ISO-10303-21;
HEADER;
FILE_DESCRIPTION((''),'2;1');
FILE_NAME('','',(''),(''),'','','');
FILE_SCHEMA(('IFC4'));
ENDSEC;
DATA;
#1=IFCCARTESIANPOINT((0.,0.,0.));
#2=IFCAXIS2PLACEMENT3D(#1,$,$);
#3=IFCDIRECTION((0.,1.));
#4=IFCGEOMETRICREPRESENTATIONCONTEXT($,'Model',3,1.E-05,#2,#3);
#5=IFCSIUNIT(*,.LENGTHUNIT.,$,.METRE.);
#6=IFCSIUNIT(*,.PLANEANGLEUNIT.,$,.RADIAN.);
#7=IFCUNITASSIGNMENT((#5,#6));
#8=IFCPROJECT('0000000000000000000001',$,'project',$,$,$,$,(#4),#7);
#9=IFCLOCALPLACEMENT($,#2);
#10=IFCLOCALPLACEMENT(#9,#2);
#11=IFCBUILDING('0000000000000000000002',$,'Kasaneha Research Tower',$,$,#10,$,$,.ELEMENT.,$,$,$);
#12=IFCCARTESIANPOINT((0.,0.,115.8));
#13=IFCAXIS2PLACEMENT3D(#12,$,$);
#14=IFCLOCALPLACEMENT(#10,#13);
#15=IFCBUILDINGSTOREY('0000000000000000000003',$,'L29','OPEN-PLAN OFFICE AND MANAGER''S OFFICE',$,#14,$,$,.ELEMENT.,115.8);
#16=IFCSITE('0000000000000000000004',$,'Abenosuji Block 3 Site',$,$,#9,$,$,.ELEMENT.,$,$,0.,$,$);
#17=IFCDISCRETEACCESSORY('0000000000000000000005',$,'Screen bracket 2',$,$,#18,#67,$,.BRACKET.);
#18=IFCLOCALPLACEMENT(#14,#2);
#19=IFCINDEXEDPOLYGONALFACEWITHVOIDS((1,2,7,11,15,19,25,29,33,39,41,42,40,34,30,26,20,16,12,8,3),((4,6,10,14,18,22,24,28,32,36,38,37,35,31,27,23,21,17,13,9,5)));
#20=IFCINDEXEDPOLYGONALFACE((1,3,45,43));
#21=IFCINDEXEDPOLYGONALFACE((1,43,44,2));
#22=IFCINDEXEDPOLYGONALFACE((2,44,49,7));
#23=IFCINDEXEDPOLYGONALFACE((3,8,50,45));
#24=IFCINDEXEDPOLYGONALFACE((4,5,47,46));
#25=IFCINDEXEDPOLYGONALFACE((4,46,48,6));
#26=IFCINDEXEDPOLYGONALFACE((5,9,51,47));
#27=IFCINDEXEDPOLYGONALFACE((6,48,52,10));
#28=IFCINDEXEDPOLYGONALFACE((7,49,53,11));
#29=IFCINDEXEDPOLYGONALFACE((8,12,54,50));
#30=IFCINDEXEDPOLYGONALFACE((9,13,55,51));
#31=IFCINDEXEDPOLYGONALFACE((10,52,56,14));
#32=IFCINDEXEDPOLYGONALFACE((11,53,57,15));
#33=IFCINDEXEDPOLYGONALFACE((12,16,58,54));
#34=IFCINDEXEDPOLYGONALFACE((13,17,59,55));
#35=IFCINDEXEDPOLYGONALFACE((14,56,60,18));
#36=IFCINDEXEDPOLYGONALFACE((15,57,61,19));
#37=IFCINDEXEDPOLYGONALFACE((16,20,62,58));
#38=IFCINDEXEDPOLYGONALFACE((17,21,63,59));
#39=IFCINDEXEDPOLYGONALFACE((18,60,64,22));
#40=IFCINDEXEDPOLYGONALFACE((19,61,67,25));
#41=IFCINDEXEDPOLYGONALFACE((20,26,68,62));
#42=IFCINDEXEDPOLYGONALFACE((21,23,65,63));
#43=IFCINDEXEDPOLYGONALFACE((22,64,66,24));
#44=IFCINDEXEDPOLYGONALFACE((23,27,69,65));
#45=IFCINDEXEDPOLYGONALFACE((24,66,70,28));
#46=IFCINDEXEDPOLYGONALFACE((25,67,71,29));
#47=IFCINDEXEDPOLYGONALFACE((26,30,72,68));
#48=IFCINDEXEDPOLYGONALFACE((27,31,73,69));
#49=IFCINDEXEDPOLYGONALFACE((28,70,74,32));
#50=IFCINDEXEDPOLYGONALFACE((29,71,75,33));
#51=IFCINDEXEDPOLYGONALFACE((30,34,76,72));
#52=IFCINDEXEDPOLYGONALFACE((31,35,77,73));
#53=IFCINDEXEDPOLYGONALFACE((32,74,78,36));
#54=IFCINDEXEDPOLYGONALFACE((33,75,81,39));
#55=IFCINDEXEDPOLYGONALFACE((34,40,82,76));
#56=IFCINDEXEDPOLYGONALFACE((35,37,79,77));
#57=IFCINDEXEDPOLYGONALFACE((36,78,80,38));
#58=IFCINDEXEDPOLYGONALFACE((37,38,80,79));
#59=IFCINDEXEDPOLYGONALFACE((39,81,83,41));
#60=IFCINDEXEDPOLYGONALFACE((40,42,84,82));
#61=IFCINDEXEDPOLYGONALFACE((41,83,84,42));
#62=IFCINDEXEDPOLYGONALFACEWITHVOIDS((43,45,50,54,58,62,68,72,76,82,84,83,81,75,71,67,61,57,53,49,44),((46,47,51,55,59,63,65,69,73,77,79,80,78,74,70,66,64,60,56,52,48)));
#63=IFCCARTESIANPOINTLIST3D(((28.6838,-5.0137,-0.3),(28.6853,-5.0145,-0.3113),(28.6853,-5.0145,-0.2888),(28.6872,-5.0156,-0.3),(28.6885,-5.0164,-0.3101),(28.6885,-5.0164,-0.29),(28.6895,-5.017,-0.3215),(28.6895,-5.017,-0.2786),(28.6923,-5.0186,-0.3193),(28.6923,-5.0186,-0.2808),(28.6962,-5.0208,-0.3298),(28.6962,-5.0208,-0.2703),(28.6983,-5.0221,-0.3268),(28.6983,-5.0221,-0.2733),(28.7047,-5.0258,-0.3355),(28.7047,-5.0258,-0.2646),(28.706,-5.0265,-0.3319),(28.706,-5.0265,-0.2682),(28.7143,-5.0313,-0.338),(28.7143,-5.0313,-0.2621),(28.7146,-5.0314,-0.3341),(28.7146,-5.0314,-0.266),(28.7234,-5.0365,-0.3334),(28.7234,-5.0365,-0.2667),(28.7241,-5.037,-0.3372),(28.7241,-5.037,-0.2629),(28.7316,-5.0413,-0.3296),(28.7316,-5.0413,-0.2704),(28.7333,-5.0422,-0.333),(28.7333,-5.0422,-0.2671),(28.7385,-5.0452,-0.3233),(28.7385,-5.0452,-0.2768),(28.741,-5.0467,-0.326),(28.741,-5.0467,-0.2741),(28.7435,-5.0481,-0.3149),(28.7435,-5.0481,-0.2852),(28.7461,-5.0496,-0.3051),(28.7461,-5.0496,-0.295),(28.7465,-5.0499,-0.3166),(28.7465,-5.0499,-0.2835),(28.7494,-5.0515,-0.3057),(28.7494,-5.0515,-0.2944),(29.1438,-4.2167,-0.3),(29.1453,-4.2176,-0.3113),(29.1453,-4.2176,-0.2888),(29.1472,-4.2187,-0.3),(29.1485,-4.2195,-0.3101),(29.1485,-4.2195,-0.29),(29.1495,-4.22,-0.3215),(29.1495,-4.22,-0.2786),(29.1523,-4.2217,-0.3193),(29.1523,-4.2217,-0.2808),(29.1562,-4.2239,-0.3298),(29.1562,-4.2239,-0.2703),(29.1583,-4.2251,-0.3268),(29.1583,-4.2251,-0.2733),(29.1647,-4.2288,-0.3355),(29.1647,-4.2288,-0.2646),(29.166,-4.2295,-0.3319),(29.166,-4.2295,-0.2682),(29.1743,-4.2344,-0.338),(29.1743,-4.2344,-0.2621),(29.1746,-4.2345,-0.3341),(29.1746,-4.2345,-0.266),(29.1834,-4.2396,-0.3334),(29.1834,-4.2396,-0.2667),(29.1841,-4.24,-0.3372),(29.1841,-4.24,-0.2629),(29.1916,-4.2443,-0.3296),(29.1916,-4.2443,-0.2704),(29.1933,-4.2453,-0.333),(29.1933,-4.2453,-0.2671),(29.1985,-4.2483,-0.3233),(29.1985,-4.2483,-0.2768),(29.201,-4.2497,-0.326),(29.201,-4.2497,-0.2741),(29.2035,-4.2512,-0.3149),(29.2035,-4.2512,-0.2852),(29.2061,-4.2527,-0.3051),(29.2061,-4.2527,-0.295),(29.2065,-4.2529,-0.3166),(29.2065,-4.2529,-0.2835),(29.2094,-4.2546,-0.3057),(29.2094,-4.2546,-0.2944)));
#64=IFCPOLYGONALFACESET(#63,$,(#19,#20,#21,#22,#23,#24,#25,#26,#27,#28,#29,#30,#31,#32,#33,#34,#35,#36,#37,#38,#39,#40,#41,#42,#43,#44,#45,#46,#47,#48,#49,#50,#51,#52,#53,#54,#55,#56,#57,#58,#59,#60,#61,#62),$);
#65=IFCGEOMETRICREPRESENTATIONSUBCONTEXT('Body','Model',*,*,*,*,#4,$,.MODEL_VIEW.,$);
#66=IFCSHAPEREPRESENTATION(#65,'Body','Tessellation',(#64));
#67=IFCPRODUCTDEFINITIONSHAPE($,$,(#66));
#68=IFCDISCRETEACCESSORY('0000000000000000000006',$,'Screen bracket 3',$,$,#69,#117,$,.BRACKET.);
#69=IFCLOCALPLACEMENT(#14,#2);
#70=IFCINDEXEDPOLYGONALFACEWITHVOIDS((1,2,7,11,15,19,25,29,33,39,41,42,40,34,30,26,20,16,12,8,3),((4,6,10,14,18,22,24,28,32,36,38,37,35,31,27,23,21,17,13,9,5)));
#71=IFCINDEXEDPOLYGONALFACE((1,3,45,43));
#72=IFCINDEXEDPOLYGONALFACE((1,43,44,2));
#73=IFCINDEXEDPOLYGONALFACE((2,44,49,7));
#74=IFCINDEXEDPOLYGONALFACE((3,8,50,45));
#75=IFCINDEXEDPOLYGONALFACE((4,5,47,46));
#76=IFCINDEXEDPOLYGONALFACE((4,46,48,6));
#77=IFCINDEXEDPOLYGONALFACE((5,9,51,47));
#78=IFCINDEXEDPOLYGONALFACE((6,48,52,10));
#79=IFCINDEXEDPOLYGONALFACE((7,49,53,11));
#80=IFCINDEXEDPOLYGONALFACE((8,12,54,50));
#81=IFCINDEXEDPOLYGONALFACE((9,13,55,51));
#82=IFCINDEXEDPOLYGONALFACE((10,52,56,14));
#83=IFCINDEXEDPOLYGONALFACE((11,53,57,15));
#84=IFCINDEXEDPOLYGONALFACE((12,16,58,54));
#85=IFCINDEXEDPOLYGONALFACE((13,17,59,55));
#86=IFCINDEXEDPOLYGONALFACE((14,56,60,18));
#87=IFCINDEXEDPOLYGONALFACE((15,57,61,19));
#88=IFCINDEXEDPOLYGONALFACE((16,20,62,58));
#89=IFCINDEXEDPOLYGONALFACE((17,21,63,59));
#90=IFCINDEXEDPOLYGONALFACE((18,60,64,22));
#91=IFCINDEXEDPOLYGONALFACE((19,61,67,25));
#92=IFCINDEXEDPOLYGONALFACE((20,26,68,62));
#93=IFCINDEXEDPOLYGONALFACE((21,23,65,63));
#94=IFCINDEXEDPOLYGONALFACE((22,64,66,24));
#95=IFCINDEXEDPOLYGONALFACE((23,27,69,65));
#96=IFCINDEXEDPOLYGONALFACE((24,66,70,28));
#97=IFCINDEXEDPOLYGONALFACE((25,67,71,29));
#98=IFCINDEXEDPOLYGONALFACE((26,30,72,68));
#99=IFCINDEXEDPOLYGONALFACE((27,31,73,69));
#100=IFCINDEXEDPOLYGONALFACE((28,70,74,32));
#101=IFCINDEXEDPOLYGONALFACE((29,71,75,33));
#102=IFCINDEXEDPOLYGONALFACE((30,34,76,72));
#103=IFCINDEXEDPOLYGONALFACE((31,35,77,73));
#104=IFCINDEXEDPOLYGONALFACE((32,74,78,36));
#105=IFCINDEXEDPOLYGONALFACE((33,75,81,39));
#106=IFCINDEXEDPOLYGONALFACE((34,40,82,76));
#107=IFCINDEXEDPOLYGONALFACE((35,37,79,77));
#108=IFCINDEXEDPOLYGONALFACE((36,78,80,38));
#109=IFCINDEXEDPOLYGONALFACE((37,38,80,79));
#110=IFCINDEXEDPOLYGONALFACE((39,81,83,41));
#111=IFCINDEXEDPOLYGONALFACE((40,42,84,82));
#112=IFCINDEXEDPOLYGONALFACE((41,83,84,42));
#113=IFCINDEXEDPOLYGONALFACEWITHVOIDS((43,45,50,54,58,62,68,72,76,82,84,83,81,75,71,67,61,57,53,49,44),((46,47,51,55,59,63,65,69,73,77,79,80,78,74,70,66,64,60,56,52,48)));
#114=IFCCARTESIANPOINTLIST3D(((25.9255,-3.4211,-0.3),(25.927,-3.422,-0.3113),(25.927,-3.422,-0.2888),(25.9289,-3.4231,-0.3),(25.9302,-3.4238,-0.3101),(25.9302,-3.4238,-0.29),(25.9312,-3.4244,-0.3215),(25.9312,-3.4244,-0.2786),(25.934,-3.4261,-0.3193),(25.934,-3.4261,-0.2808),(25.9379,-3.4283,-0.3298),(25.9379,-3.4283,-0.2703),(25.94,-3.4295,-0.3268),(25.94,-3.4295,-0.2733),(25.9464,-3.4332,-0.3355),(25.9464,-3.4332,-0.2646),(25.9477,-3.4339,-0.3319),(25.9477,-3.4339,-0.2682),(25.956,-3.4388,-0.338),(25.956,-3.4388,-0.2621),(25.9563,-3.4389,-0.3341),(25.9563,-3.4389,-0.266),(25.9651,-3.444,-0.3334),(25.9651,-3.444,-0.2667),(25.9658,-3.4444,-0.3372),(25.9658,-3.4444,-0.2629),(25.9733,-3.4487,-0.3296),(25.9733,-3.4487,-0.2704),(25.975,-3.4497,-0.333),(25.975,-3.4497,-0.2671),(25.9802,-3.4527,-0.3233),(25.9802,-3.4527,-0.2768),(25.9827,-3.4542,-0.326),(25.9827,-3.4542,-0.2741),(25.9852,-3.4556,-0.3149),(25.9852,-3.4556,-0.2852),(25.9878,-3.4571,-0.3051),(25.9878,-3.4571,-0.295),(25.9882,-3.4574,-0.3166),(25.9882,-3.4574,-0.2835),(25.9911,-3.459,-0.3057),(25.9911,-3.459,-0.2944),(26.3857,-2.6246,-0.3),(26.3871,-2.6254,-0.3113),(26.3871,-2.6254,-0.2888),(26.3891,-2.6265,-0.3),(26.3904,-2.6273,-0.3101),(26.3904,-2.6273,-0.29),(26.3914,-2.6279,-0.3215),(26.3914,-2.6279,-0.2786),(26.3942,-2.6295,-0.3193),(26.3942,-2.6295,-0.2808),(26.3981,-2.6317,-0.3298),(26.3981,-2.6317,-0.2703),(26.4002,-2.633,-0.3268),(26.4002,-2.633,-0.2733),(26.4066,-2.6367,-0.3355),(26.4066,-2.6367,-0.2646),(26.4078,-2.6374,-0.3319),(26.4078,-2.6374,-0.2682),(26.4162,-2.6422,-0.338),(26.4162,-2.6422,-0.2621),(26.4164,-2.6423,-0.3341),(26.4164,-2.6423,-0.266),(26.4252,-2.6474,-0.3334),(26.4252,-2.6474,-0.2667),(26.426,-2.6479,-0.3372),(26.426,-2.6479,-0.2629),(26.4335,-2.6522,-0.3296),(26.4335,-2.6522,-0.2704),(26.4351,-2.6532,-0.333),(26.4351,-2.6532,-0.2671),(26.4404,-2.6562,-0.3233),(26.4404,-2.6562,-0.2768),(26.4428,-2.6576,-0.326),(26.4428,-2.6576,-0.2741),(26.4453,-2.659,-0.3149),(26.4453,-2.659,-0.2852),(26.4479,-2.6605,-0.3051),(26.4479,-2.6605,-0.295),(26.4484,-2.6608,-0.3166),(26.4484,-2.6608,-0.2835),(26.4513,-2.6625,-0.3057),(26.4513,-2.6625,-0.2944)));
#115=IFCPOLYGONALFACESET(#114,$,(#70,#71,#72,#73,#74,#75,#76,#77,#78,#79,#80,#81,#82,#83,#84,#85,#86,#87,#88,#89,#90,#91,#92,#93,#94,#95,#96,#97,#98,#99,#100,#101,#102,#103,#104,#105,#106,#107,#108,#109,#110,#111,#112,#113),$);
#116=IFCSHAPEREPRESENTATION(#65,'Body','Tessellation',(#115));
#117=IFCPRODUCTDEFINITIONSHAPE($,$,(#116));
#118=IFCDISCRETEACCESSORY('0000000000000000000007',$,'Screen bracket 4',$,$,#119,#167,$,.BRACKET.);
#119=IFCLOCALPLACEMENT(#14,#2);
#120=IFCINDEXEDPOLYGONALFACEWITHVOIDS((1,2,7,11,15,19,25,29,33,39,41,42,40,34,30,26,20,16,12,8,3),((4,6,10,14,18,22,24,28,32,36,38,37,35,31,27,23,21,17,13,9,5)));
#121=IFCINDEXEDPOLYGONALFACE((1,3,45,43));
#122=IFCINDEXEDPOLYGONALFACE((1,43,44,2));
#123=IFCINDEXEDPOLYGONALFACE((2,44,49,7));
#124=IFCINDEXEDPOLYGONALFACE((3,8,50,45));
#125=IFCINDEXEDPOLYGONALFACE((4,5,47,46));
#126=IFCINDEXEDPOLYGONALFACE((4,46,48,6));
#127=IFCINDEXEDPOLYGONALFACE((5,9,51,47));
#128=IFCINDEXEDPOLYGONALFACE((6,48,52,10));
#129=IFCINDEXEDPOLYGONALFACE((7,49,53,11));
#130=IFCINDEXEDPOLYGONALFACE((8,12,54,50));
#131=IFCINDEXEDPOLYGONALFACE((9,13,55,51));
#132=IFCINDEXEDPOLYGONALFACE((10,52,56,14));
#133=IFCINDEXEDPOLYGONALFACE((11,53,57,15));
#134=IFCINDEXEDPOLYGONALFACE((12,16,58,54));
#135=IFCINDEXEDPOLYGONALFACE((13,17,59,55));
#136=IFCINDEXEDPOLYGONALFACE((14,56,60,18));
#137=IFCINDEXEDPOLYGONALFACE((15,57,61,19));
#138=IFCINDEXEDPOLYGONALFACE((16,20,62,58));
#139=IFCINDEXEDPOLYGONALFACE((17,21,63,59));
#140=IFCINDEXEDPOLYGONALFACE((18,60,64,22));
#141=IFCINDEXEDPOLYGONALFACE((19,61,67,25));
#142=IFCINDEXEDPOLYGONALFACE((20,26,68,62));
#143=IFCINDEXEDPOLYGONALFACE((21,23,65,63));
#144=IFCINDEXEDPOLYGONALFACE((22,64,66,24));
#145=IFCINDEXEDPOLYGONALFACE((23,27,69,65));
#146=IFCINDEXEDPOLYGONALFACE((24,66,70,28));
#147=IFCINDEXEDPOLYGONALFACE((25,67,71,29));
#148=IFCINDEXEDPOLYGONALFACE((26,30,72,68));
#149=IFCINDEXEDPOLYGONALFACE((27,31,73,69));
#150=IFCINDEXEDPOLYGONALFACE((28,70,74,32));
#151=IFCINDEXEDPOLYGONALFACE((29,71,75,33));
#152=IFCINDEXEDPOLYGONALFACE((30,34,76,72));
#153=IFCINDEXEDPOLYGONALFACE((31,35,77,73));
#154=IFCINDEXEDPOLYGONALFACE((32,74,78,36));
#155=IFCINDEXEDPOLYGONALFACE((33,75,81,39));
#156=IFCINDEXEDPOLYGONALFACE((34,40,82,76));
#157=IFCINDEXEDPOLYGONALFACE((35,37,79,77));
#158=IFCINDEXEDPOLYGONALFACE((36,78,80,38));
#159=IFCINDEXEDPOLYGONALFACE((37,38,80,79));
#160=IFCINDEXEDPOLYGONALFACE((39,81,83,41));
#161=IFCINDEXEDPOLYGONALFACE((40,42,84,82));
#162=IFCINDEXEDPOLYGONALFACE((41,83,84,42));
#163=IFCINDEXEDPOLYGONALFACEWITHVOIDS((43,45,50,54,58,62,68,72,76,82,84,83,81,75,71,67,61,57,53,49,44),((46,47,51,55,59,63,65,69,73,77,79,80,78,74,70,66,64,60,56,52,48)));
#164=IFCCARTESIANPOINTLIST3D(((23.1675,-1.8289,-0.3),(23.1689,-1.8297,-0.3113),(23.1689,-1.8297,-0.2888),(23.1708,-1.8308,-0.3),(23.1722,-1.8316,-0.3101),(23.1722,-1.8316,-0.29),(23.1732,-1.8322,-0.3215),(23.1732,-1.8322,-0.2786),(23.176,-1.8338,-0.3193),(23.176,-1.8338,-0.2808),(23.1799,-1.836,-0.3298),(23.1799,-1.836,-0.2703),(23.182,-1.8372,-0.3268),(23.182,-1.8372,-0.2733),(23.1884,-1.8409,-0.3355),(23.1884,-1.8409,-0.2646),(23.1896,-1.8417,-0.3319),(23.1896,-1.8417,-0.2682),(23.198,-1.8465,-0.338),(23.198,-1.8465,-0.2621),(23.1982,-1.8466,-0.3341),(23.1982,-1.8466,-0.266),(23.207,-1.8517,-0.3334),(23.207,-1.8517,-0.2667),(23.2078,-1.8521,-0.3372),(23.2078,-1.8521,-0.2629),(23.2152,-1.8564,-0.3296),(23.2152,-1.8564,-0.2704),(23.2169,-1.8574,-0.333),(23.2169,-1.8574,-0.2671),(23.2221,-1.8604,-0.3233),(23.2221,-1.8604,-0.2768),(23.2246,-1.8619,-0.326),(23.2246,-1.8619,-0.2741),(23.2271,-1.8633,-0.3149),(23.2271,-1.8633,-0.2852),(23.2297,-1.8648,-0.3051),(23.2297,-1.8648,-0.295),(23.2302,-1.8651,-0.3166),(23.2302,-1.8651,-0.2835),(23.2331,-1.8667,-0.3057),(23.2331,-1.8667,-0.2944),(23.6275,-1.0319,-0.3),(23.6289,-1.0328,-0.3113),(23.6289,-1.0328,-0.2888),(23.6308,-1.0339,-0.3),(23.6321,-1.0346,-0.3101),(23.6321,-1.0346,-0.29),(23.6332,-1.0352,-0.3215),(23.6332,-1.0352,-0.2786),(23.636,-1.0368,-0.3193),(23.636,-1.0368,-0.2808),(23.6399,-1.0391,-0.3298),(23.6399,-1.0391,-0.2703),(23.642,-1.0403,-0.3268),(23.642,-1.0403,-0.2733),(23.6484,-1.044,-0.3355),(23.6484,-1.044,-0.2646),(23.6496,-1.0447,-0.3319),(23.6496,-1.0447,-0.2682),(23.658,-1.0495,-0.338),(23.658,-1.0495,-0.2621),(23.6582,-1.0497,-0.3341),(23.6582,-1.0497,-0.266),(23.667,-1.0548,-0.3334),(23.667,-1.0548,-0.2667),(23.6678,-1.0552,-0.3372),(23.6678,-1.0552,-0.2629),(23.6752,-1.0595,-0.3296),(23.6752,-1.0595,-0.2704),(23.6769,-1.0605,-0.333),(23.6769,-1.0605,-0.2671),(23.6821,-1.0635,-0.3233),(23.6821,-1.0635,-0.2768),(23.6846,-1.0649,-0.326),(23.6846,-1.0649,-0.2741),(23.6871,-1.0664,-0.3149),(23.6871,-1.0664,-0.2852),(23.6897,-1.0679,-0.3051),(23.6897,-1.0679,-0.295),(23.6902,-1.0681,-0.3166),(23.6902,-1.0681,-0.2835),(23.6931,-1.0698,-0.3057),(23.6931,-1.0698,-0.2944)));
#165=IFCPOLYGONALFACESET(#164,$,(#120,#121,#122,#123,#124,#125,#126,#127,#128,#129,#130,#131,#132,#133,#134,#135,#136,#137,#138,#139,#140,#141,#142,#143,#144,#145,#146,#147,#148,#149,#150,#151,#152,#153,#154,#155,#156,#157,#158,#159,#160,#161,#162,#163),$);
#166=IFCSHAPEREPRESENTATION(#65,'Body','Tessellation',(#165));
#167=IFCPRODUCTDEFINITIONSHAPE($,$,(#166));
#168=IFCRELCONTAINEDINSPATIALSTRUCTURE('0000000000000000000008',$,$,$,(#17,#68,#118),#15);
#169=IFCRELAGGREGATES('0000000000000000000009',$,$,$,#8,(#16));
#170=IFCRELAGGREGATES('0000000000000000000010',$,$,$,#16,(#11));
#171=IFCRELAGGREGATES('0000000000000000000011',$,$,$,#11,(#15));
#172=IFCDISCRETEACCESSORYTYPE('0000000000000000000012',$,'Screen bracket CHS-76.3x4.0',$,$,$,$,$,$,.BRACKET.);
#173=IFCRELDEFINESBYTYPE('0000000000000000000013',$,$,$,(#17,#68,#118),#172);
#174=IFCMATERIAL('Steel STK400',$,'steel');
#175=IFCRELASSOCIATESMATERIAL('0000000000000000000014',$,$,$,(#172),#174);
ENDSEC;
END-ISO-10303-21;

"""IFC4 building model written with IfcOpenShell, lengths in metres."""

from ifc_helpers import new_model, si_unit, direction, frame, origin, origin_2d, place, context, subcontext, project, spatial, hollow_circle, extrude, material, material_profile, profile_set, type_object, element, save


model = new_model("IFC4")

# Units and contexts
model_context = context("Model", 3, precision=1e-05, world=origin(), true_north=direction((0.0, 1.0)))
body_context = subcontext(model_context, "Body", "Model", "MODEL_VIEW")
ifc_project = project(units=[si_unit("LENGTHUNIT", "METRE"), si_unit("PLANEANGLEUNIT", "RADIAN")], contexts=[model_context])

# Site, building, storey
site_placement = place(None, origin())
site = spatial("IfcSite", under=ifc_project, at=site_placement, Name="Abenosuji Block 3 Site", CompositionType="ELEMENT", RefElevation=0.0)
building_placement = place(site_placement, origin())
building = spatial("IfcBuilding", under=site, at=building_placement, Name="Kasaneha Research Tower", CompositionType="ELEMENT")
storey_placement = place(building_placement, frame((0.0, 0.0, 115.8)))
storey = spatial("IfcBuildingStorey", under=building, at=storey_placement, Name="L29", Description="OPEN-PLAN OFFICE AND MANAGER'S OFFICE", CompositionType="ELEMENT", Elevation=115.8)

# Discrete accessories
ifc_material_1 = material(Name="Steel STK400", Category="steel")
ifc_material_profile_1 = material_profile(ifc_material_1, hollow_circle(Radius=0.0381, WallThickness=0.0039, at=origin_2d()), Name="CHS-76.3x4.0")
ifc_profile_set_1 = profile_set([ifc_material_profile_1], Name="Steel STK400")
discrete_accessory_type = type_object("IfcDiscreteAccessoryType", Name="Screen bracket CHS-76.3x4.0", PredefinedType="BRACKET", material=ifc_profile_set_1)
discrete_accessory_1_placement = place(storey_placement, frame((28.7168, -5.0327, -0.3), z_axis=(0.499906, 0.86608, 0.0), x_axis=(-0.86608, 0.499906, 0.0)))
element("IfcDiscreteAccessory", 1, at=discrete_accessory_1_placement, inside=storey, type_object=discrete_accessory_type, Name="Screen bracket 2", PredefinedType="BRACKET", context=body_context, shape_type="SweptSolid", body=[
    extrude(hollow_circle(Radius=0.0381, WallThickness=0.0039, at=origin_2d()), origin(), (0.0, 0.0, 1.0), 0.9202),
])
discrete_accessory_2_placement = place(storey_placement, frame((25.9585, -3.4402, -0.3), z_axis=(0.50022, 0.865898, 0.0), x_axis=(-0.865898, 0.50022, 0.0)))
element("IfcDiscreteAccessory", 2, at=discrete_accessory_2_placement, inside=storey, type_object=discrete_accessory_type, Name="Screen bracket 3", PredefinedType="BRACKET", context=body_context, shape_type="SweptSolid", body=[
    extrude(hollow_circle(Radius=0.0381, WallThickness=0.0039, at=origin_2d()), origin(), (0.0, 0.0, 1.0), 0.9199),
])
discrete_accessory_3_placement = place(storey_placement, frame((23.2004, -1.8479, -0.3), z_axis=(0.499906, 0.86608, 0.0), x_axis=(-0.86608, 0.499906, 0.0)))
element("IfcDiscreteAccessory", 3, at=discrete_accessory_3_placement, inside=storey, type_object=discrete_accessory_type, Name="Screen bracket 4", PredefinedType="BRACKET", context=body_context, shape_type="SweptSolid", body=[
    extrude(hollow_circle(Radius=0.0381, WallThickness=0.0039, at=origin_2d()), origin(), (0.0, 0.0, 1.0), 0.9202),
])

save(model, "model.ifc")
